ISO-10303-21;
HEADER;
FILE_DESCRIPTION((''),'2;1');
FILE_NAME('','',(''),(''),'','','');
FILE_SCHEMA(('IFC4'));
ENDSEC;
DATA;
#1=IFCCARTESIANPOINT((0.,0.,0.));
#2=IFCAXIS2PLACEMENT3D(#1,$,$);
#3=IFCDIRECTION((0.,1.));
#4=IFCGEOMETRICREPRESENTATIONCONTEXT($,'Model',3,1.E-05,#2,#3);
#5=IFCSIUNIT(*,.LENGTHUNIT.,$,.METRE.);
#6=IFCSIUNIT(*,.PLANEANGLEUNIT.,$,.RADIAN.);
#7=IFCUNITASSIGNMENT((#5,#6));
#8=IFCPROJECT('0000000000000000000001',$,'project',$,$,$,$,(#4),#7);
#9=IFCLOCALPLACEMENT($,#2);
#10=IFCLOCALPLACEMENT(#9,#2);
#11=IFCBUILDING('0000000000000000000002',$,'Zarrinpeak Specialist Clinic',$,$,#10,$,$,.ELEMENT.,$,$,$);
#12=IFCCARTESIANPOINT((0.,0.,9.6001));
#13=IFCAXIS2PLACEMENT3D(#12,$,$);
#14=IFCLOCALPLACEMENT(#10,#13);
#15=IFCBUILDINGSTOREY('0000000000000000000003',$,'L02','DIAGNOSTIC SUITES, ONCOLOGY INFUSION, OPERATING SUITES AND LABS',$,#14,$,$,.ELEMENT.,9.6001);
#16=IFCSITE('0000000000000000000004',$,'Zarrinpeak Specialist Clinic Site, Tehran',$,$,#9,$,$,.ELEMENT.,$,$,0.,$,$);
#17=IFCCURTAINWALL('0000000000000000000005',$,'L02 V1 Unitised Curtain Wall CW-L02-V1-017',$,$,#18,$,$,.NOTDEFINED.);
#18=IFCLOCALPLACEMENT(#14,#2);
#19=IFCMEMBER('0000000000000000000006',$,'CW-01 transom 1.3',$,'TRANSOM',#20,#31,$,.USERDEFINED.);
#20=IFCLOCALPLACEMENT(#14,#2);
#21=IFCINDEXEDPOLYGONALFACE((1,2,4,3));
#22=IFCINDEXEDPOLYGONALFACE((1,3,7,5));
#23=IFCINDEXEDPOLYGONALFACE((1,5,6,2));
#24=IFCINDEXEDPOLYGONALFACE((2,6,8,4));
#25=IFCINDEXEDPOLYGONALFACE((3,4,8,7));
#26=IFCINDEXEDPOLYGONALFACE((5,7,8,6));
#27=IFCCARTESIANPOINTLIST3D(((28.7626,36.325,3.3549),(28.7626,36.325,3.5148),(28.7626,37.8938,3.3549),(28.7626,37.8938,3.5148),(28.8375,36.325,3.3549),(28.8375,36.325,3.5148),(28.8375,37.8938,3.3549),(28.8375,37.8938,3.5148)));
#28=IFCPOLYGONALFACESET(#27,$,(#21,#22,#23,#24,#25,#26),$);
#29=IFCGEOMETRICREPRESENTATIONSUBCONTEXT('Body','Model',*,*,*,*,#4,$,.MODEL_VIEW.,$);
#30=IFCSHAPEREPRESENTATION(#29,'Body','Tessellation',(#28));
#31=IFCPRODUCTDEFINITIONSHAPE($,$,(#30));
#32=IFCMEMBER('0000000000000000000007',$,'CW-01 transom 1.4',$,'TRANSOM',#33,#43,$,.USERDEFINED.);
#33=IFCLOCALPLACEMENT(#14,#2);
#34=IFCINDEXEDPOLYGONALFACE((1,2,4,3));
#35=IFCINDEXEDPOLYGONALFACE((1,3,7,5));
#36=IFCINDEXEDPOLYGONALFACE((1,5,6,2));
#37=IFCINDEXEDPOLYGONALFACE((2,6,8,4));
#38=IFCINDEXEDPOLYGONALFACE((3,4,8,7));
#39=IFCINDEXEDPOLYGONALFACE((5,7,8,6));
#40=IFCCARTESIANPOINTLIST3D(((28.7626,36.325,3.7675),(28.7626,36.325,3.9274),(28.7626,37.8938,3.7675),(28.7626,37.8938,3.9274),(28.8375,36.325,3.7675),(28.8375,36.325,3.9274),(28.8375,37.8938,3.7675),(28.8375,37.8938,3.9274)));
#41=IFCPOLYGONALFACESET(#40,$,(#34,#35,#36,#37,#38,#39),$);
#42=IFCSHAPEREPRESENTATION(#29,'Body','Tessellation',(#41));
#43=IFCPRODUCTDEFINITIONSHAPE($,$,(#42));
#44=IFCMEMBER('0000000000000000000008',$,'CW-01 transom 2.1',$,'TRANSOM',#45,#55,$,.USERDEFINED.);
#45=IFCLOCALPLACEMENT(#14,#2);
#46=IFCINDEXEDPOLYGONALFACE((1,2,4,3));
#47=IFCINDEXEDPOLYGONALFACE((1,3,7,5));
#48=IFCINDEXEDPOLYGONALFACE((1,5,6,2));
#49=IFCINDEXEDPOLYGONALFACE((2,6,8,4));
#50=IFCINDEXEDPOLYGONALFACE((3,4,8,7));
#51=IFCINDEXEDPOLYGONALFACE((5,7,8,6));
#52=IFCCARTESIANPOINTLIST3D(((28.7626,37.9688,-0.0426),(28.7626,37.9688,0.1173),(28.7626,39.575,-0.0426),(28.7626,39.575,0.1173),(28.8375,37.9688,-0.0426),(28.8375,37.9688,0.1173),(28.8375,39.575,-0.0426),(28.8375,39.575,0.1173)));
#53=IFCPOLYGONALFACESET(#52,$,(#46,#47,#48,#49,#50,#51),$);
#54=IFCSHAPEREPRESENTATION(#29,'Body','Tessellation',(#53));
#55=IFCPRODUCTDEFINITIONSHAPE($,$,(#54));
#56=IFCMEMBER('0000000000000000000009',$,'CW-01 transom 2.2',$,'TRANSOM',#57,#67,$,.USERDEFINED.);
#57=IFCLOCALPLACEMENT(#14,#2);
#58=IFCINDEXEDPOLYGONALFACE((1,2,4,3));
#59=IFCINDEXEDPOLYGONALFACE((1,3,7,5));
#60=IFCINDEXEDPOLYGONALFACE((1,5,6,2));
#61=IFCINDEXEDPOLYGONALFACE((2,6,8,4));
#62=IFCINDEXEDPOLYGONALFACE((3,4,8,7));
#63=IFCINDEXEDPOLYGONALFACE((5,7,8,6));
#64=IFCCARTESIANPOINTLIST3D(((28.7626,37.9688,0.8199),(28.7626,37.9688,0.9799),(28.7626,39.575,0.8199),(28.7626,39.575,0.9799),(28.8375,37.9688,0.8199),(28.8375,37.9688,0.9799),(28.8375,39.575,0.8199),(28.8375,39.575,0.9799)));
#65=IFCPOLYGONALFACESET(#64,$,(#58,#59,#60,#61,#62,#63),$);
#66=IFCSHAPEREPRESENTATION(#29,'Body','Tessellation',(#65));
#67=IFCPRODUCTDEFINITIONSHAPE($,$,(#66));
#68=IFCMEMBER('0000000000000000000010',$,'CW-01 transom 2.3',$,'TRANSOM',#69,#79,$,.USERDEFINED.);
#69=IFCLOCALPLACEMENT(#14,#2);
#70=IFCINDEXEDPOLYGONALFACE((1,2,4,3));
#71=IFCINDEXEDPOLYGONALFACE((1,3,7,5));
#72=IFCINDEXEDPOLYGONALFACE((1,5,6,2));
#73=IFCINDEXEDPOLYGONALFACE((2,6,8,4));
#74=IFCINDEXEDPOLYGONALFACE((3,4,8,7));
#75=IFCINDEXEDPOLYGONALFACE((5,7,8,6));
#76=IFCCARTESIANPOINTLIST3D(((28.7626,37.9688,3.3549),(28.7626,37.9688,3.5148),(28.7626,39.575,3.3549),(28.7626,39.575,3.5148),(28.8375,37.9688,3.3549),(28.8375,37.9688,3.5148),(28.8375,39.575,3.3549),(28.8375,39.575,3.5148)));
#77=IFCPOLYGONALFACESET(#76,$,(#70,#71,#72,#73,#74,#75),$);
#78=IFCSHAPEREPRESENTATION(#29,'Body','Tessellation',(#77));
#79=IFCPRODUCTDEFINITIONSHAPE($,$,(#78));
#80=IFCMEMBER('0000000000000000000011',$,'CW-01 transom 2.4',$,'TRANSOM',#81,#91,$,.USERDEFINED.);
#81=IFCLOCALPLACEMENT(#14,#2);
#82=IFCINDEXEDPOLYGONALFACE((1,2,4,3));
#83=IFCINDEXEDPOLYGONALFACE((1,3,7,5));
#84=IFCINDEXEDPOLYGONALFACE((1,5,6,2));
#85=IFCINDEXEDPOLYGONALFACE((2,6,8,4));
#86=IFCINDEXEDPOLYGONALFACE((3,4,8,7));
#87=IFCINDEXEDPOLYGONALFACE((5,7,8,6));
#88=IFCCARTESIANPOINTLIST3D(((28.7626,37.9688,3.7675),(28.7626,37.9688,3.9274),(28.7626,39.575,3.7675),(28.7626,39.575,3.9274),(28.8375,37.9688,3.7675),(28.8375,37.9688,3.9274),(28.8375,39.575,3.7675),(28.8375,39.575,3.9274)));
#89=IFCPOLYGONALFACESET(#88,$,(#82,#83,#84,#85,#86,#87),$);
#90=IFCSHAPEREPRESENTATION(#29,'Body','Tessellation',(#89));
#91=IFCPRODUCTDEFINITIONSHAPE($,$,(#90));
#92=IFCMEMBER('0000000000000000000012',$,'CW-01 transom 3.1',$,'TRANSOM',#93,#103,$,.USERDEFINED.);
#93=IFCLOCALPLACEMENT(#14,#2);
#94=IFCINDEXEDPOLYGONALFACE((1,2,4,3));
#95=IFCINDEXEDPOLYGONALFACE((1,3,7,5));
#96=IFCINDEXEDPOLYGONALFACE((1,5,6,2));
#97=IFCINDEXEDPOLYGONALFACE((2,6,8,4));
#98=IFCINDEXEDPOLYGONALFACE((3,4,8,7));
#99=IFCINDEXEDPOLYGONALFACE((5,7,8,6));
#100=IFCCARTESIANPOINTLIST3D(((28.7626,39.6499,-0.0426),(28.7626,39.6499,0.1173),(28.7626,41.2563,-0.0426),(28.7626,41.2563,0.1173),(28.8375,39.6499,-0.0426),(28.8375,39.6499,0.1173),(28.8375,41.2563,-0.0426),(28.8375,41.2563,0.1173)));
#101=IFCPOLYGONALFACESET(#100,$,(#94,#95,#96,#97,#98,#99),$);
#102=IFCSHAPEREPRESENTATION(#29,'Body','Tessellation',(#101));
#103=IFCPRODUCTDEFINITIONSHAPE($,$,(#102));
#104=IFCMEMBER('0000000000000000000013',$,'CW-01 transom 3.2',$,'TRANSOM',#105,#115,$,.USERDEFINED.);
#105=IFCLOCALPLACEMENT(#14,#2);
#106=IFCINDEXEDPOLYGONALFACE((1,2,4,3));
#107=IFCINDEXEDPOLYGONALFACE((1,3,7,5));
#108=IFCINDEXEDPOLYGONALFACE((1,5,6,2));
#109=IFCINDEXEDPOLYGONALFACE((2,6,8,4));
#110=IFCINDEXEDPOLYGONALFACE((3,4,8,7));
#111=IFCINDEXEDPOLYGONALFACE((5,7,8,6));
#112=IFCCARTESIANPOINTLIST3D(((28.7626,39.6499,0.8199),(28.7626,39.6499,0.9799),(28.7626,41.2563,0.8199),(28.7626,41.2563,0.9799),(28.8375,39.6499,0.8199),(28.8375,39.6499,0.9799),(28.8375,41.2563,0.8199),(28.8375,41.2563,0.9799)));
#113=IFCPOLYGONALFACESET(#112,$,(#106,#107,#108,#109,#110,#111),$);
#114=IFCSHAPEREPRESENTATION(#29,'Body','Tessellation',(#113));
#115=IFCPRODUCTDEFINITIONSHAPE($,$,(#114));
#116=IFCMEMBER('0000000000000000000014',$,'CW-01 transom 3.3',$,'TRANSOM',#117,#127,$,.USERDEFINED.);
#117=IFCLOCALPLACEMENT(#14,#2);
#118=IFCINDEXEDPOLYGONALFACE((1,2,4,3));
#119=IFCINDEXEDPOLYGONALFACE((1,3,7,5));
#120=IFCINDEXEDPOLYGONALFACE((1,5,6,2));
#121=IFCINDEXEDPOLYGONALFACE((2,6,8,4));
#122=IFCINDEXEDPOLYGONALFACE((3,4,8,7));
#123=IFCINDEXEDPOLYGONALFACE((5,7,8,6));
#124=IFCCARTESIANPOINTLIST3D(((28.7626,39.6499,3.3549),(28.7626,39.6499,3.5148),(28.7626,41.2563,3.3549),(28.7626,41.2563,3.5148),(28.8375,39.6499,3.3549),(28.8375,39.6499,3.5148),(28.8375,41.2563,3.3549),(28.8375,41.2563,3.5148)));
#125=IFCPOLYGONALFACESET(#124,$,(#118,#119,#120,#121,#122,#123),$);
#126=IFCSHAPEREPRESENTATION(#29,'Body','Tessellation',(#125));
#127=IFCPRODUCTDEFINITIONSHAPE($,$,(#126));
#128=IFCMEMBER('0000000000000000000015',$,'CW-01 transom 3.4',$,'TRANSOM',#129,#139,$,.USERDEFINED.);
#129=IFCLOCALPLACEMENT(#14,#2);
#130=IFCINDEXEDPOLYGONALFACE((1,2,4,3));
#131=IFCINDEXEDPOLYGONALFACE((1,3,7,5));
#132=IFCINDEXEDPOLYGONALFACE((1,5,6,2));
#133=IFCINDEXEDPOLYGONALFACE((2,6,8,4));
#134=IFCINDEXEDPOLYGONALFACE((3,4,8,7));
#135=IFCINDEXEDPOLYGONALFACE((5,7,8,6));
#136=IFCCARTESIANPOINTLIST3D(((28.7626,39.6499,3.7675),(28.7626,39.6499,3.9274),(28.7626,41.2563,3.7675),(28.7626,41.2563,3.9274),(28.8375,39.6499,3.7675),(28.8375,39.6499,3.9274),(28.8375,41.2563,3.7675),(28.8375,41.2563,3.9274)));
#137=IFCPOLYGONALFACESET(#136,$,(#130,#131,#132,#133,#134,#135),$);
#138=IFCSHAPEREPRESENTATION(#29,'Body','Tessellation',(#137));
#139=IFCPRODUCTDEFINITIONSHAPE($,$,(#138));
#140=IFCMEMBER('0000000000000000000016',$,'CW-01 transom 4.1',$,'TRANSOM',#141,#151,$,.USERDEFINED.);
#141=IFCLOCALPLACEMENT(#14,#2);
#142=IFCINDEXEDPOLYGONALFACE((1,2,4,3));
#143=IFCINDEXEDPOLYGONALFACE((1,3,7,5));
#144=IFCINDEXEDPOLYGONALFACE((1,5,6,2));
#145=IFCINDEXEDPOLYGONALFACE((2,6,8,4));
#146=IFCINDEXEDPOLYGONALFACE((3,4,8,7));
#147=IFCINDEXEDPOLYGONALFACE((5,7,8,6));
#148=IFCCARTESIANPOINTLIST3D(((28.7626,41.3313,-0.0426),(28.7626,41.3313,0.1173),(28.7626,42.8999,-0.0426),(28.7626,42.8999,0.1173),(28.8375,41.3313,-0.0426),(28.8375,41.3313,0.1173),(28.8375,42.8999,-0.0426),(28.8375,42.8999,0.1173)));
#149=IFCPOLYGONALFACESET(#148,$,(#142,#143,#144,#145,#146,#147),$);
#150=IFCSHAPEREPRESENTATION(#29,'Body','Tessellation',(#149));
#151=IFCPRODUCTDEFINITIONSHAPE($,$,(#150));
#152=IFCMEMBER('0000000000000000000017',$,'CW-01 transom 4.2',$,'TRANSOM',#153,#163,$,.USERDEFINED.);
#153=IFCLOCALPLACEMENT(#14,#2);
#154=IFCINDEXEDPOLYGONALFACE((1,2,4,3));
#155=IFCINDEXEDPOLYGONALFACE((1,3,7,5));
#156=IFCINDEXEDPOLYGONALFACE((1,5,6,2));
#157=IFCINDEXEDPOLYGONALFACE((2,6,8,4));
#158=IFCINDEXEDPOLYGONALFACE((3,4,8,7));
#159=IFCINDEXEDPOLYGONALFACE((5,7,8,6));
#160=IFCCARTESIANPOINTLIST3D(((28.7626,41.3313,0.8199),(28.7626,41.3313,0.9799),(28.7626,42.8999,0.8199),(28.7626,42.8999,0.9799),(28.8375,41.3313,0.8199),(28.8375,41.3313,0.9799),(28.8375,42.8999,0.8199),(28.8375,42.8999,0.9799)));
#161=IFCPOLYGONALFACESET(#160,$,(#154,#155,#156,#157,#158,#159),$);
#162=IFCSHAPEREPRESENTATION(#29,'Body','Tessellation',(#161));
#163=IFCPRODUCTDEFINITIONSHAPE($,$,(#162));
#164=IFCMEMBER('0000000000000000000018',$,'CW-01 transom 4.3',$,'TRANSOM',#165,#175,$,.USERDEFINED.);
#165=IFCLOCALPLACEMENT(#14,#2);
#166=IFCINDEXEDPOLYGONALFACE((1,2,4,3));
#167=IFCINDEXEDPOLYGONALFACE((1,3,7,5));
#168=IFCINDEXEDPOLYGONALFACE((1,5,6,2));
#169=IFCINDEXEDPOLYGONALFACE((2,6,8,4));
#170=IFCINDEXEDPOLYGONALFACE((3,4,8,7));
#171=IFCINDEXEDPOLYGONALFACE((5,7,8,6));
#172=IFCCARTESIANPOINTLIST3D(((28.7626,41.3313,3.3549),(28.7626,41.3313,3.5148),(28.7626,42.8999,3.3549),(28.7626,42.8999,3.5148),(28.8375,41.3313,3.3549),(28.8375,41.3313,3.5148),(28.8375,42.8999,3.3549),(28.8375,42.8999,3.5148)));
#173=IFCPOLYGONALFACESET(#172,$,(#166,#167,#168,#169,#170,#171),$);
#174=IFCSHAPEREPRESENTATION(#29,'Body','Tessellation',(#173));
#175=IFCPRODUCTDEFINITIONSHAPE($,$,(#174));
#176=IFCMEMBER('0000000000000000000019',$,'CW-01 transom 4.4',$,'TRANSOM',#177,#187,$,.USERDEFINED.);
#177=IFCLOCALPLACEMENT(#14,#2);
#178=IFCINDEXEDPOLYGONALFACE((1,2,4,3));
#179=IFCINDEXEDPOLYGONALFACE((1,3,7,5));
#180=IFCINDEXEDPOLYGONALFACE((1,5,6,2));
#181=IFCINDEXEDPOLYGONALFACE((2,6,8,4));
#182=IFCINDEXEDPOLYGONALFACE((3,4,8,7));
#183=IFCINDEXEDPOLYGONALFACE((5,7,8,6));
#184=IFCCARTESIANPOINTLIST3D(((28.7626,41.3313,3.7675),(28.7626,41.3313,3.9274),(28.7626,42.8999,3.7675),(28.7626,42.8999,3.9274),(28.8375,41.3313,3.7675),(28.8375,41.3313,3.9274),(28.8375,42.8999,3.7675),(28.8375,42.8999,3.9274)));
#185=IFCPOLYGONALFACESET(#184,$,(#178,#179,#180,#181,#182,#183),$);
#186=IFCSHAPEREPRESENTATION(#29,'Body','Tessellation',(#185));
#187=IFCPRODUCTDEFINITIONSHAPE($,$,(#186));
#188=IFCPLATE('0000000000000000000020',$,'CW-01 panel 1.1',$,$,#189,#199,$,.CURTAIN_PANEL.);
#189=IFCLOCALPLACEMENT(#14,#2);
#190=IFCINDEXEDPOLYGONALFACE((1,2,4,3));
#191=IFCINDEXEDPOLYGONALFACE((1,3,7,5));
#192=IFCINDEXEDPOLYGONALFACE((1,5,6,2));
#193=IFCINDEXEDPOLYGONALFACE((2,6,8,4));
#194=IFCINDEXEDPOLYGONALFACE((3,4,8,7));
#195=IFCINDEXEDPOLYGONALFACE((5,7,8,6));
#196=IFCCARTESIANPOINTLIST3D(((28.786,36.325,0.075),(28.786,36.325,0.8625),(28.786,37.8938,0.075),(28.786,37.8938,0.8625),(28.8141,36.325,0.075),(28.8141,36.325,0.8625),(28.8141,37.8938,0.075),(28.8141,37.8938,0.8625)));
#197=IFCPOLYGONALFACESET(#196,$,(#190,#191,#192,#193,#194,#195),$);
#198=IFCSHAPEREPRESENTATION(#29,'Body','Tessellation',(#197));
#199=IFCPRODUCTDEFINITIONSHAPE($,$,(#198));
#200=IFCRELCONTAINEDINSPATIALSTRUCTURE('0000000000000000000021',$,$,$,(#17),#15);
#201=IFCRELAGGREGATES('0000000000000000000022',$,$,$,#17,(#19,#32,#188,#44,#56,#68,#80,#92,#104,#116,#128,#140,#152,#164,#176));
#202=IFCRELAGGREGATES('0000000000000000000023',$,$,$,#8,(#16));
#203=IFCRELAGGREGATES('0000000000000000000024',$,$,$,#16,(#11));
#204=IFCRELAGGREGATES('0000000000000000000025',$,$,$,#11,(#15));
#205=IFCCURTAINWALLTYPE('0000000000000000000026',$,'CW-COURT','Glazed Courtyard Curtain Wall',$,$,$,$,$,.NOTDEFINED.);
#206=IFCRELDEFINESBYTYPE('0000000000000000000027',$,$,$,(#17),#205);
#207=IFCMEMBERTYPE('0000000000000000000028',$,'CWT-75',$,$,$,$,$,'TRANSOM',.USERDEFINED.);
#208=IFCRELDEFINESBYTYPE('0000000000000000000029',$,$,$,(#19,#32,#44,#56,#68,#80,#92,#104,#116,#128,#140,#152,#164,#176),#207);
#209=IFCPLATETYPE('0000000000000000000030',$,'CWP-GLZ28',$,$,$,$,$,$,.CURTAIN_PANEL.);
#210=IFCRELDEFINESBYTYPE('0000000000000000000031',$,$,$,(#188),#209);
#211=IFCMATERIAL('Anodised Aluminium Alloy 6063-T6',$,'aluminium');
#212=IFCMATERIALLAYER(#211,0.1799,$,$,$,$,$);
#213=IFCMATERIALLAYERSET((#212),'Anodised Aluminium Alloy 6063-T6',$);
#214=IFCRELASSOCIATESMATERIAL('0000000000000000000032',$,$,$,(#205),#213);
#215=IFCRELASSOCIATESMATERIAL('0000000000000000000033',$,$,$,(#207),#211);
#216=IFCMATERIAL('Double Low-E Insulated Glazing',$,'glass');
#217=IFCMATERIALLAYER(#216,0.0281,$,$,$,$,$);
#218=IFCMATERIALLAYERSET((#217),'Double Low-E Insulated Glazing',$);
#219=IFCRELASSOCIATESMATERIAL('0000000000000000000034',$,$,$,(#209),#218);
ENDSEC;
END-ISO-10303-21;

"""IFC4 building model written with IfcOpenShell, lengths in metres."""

from ifc_helpers import new_model, si_unit, direction, frame, origin, origin_2d, place, context, subcontext, project, spatial, rectangle, extrude, material, layer, layer_set, material_profile, profile_set, type_object, element, aggregate, save


model = new_model("IFC4")

# Units and contexts
model_context = context("Model", 3, precision=1e-05, world=origin(), true_north=direction((0.0, 1.0)))
body_context = subcontext(model_context, "Body", "Model", "MODEL_VIEW")
ifc_project = project(units=[si_unit("LENGTHUNIT", "METRE"), si_unit("PLANEANGLEUNIT", "RADIAN")], contexts=[model_context])

# Site, building, storey
site_placement = place(None, origin())
site = spatial("IfcSite", under=ifc_project, at=site_placement, Name="Zarrinpeak Specialist Clinic Site, Tehran", CompositionType="ELEMENT", RefElevation=0.0)
building_placement = place(site_placement, origin())
building = spatial("IfcBuilding", under=site, at=building_placement, Name="Zarrinpeak Specialist Clinic", CompositionType="ELEMENT")
storey_placement = place(building_placement, frame((0.0, 0.0, 9.6001)))
storey = spatial("IfcBuildingStorey", under=building, at=storey_placement, Name="L02", Description="DIAGNOSTIC SUITES, ONCOLOGY INFUSION, OPERATING SUITES AND LABS", CompositionType="ELEMENT", Elevation=9.6001)

# Curtain wall, members, plate
ifc_material_1 = material(Name="Anodised Aluminium Alloy 6063-T6", Category="aluminium")
ifc_layer_1 = layer(ifc_material_1, 0.1799)
ifc_layer_set_1 = layer_set([ifc_layer_1], Name="Anodised Aluminium Alloy 6063-T6")
curtain_wall_type = type_object("IfcCurtainWallType", Name="CW-COURT", Description="Glazed Courtyard Curtain Wall", PredefinedType="NOTDEFINED", material=ifc_layer_set_1)
curtain_wall_placement = place(storey_placement, origin())
curtain_wall = element("IfcCurtainWall", 1, at=curtain_wall_placement, inside=storey, type_object=curtain_wall_type, Name="L02 V1 Unitised Curtain Wall CW-L02-V1-017", PredefinedType="NOTDEFINED")
ifc_material_profile_1 = material_profile(ifc_material_1, rectangle(XDim=0.075, YDim=0.1599, at=origin_2d()), Name="ALU 75x160")
ifc_profile_set_1 = profile_set([ifc_material_profile_1], Name="Anodised Aluminium Alloy 6063-T6")
member_type_1 = type_object("IfcMemberType", Name="CWT-75", ElementType="TRANSOM", PredefinedType="USERDEFINED", material=ifc_profile_set_1)
member_1_placement = place(storey_placement, frame((28.8, 36.325, 3.4348), z_axis=(0.0, 1.0, 0.0), x_axis=(-1.0, 0.0, 0.0)))
member_1 = element("IfcMember", 2, at=member_1_placement, type_object=member_type_1, Name="CW-01 transom 1.3", ObjectType="TRANSOM", PredefinedType="USERDEFINED", context=body_context, shape_type="SweptSolid", body=[
    extrude(rectangle(XDim=0.075, YDim=0.1599, at=origin_2d()), origin(), (0.0, 0.0, 1.0), 1.5688),
])
member_2_placement = place(storey_placement, frame((28.8, 36.325, 3.8474), z_axis=(0.0, 1.0, 0.0), x_axis=(-1.0, 0.0, 0.0)))
member_2 = element("IfcMember", 3, at=member_2_placement, type_object=member_type_1, Name="CW-01 transom 1.4", ObjectType="TRANSOM", PredefinedType="USERDEFINED", context=body_context, shape_type="SweptSolid", body=[
    extrude(rectangle(XDim=0.075, YDim=0.1599, at=origin_2d()), origin(), (0.0, 0.0, 1.0), 1.5688),
])
member_3_placement = place(storey_placement, frame((28.8, 37.9688, 0.0374), z_axis=(0.0, 1.0, 0.0), x_axis=(-1.0, 0.0, 0.0)))
member_3 = element("IfcMember", 4, at=member_3_placement, type_object=member_type_1, Name="CW-01 transom 2.1", ObjectType="TRANSOM", PredefinedType="USERDEFINED", context=body_context, shape_type="SweptSolid", body=[
    extrude(rectangle(XDim=0.075, YDim=0.1599, at=origin_2d()), origin(), (0.0, 0.0, 1.0), 1.6062),
])
member_4_placement = place(storey_placement, frame((28.8, 37.9688, 0.8999), z_axis=(0.0, 1.0, 0.0), x_axis=(-1.0, 0.0, 0.0)))
member_4 = element("IfcMember", 5, at=member_4_placement, type_object=member_type_1, Name="CW-01 transom 2.2", ObjectType="TRANSOM", PredefinedType="USERDEFINED", context=body_context, shape_type="SweptSolid", body=[
    extrude(rectangle(XDim=0.075, YDim=0.1599, at=origin_2d()), origin(), (0.0, 0.0, 1.0), 1.6062),
])
member_5_placement = place(storey_placement, frame((28.8, 37.9688, 3.4348), z_axis=(0.0, 1.0, 0.0), x_axis=(-1.0, 0.0, 0.0)))
member_5 = element("IfcMember", 6, at=member_5_placement, type_object=member_type_1, Name="CW-01 transom 2.3", ObjectType="TRANSOM", PredefinedType="USERDEFINED", context=body_context, shape_type="SweptSolid", body=[
    extrude(rectangle(XDim=0.075, YDim=0.1599, at=origin_2d()), origin(), (0.0, 0.0, 1.0), 1.6062),
])
member_6_placement = place(storey_placement, frame((28.8, 37.9688, 3.8474), z_axis=(0.0, 1.0, 0.0), x_axis=(-1.0, 0.0, 0.0)))
member_6 = element("IfcMember", 7, at=member_6_placement, type_object=member_type_1, Name="CW-01 transom 2.4", ObjectType="TRANSOM", PredefinedType="USERDEFINED", context=body_context, shape_type="SweptSolid", body=[
    extrude(rectangle(XDim=0.075, YDim=0.1599, at=origin_2d()), origin(), (0.0, 0.0, 1.0), 1.6062),
])
member_7_placement = place(storey_placement, frame((28.8, 39.6499, 0.0374), z_axis=(0.0, 1.0, 0.0), x_axis=(-1.0, 0.0, 0.0)))
member_7 = element("IfcMember", 8, at=member_7_placement, type_object=member_type_1, Name="CW-01 transom 3.1", ObjectType="TRANSOM", PredefinedType="USERDEFINED", context=body_context, shape_type="SweptSolid", body=[
    extrude(rectangle(XDim=0.075, YDim=0.1599, at=origin_2d()), origin(), (0.0, 0.0, 1.0), 1.6064),
])
member_8_placement = place(storey_placement, frame((28.8, 39.6499, 0.8999), z_axis=(0.0, 1.0, 0.0), x_axis=(-1.0, 0.0, 0.0)))
member_8 = element("IfcMember", 9, at=member_8_placement, type_object=member_type_1, Name="CW-01 transom 3.2", ObjectType="TRANSOM", PredefinedType="USERDEFINED", context=body_context, shape_type="SweptSolid", body=[
    extrude(rectangle(XDim=0.075, YDim=0.1599, at=origin_2d()), origin(), (0.0, 0.0, 1.0), 1.6064),
])
member_9_placement = place(storey_placement, frame((28.8, 39.6499, 3.4348), z_axis=(0.0, 1.0, 0.0), x_axis=(-1.0, 0.0, 0.0)))
member_9 = element("IfcMember", 10, at=member_9_placement, type_object=member_type_1, Name="CW-01 transom 3.3", ObjectType="TRANSOM", PredefinedType="USERDEFINED", context=body_context, shape_type="SweptSolid", body=[
    extrude(rectangle(XDim=0.075, YDim=0.1599, at=origin_2d()), origin(), (0.0, 0.0, 1.0), 1.6064),
])
member_10_placement = place(storey_placement, frame((28.8, 39.6499, 3.8474), z_axis=(0.0, 1.0, 0.0), x_axis=(-1.0, 0.0, 0.0)))
member_10 = element("IfcMember", 11, at=member_10_placement, type_object=member_type_1, Name="CW-01 transom 3.4", ObjectType="TRANSOM", PredefinedType="USERDEFINED", context=body_context, shape_type="SweptSolid", body=[
    extrude(rectangle(XDim=0.075, YDim=0.1599, at=origin_2d()), origin(), (0.0, 0.0, 1.0), 1.6064),
])
member_11_placement = place(storey_placement, frame((28.8, 41.3313, 0.0374), z_axis=(0.0, 1.0, 0.0), x_axis=(-1.0, 0.0, 0.0)))
member_11 = element("IfcMember", 12, at=member_11_placement, type_object=member_type_1, Name="CW-01 transom 4.1", ObjectType="TRANSOM", PredefinedType="USERDEFINED", context=body_context, shape_type="SweptSolid", body=[
    extrude(rectangle(XDim=0.075, YDim=0.1599, at=origin_2d()), origin(), (0.0, 0.0, 1.0), 1.5686),
])
member_12_placement = place(storey_placement, frame((28.8, 41.3313, 0.8999), z_axis=(0.0, 1.0, 0.0), x_axis=(-1.0, 0.0, 0.0)))
member_12 = element("IfcMember", 13, at=member_12_placement, type_object=member_type_1, Name="CW-01 transom 4.2", ObjectType="TRANSOM", PredefinedType="USERDEFINED", context=body_context, shape_type="SweptSolid", body=[
    extrude(rectangle(XDim=0.075, YDim=0.1599, at=origin_2d()), origin(), (0.0, 0.0, 1.0), 1.5686),
])
member_13_placement = place(storey_placement, frame((28.8, 41.3313, 3.4348), z_axis=(0.0, 1.0, 0.0), x_axis=(-1.0, 0.0, 0.0)))
member_13 = element("IfcMember", 14, at=member_13_placement, type_object=member_type_1, Name="CW-01 transom 4.3", ObjectType="TRANSOM", PredefinedType="USERDEFINED", context=body_context, shape_type="SweptSolid", body=[
    extrude(rectangle(XDim=0.075, YDim=0.1599, at=origin_2d()), origin(), (0.0, 0.0, 1.0), 1.5686),
])
member_14_placement = place(storey_placement, frame((28.8, 41.3313, 3.8474), z_axis=(0.0, 1.0, 0.0), x_axis=(-1.0, 0.0, 0.0)))
member_14 = element("IfcMember", 15, at=member_14_placement, type_object=member_type_1, Name="CW-01 transom 4.4", ObjectType="TRANSOM", PredefinedType="USERDEFINED", context=body_context, shape_type="SweptSolid", body=[
    extrude(rectangle(XDim=0.075, YDim=0.1599, at=origin_2d()), origin(), (0.0, 0.0, 1.0), 1.5686),
])
ifc_material_2 = material(Name="Double Low-E Insulated Glazing", Category="glass")
ifc_layer_2 = layer(ifc_material_2, 0.0281)
ifc_layer_set_2 = layer_set([ifc_layer_2], Name="Double Low-E Insulated Glazing")
plate_type = type_object("IfcPlateType", Name="CWP-GLZ28", PredefinedType="CURTAIN_PANEL", material=ifc_layer_set_2)
plate_1_placement = place(storey_placement, frame((28.8, 37.1094, 0.075), z_axis=(0.0, 0.0, 1.0), x_axis=(0.0, 1.0, 0.0)))
plate_1 = element("IfcPlate", 16, at=plate_1_placement, type_object=plate_type, Name="CW-01 panel 1.1", PredefinedType="CURTAIN_PANEL", context=body_context, shape_type="SweptSolid", body=[
    extrude(rectangle(XDim=1.5688, YDim=0.0281, at=origin_2d()), origin(), (0.0, 0.0, 1.0), 0.7876),
])
aggregate(curtain_wall, [member_1, member_2, plate_1, member_3, member_4, member_5, member_6, member_7, member_8, member_9, member_10, member_11, member_12, member_13, member_14])

save(model, "model.ifc")
